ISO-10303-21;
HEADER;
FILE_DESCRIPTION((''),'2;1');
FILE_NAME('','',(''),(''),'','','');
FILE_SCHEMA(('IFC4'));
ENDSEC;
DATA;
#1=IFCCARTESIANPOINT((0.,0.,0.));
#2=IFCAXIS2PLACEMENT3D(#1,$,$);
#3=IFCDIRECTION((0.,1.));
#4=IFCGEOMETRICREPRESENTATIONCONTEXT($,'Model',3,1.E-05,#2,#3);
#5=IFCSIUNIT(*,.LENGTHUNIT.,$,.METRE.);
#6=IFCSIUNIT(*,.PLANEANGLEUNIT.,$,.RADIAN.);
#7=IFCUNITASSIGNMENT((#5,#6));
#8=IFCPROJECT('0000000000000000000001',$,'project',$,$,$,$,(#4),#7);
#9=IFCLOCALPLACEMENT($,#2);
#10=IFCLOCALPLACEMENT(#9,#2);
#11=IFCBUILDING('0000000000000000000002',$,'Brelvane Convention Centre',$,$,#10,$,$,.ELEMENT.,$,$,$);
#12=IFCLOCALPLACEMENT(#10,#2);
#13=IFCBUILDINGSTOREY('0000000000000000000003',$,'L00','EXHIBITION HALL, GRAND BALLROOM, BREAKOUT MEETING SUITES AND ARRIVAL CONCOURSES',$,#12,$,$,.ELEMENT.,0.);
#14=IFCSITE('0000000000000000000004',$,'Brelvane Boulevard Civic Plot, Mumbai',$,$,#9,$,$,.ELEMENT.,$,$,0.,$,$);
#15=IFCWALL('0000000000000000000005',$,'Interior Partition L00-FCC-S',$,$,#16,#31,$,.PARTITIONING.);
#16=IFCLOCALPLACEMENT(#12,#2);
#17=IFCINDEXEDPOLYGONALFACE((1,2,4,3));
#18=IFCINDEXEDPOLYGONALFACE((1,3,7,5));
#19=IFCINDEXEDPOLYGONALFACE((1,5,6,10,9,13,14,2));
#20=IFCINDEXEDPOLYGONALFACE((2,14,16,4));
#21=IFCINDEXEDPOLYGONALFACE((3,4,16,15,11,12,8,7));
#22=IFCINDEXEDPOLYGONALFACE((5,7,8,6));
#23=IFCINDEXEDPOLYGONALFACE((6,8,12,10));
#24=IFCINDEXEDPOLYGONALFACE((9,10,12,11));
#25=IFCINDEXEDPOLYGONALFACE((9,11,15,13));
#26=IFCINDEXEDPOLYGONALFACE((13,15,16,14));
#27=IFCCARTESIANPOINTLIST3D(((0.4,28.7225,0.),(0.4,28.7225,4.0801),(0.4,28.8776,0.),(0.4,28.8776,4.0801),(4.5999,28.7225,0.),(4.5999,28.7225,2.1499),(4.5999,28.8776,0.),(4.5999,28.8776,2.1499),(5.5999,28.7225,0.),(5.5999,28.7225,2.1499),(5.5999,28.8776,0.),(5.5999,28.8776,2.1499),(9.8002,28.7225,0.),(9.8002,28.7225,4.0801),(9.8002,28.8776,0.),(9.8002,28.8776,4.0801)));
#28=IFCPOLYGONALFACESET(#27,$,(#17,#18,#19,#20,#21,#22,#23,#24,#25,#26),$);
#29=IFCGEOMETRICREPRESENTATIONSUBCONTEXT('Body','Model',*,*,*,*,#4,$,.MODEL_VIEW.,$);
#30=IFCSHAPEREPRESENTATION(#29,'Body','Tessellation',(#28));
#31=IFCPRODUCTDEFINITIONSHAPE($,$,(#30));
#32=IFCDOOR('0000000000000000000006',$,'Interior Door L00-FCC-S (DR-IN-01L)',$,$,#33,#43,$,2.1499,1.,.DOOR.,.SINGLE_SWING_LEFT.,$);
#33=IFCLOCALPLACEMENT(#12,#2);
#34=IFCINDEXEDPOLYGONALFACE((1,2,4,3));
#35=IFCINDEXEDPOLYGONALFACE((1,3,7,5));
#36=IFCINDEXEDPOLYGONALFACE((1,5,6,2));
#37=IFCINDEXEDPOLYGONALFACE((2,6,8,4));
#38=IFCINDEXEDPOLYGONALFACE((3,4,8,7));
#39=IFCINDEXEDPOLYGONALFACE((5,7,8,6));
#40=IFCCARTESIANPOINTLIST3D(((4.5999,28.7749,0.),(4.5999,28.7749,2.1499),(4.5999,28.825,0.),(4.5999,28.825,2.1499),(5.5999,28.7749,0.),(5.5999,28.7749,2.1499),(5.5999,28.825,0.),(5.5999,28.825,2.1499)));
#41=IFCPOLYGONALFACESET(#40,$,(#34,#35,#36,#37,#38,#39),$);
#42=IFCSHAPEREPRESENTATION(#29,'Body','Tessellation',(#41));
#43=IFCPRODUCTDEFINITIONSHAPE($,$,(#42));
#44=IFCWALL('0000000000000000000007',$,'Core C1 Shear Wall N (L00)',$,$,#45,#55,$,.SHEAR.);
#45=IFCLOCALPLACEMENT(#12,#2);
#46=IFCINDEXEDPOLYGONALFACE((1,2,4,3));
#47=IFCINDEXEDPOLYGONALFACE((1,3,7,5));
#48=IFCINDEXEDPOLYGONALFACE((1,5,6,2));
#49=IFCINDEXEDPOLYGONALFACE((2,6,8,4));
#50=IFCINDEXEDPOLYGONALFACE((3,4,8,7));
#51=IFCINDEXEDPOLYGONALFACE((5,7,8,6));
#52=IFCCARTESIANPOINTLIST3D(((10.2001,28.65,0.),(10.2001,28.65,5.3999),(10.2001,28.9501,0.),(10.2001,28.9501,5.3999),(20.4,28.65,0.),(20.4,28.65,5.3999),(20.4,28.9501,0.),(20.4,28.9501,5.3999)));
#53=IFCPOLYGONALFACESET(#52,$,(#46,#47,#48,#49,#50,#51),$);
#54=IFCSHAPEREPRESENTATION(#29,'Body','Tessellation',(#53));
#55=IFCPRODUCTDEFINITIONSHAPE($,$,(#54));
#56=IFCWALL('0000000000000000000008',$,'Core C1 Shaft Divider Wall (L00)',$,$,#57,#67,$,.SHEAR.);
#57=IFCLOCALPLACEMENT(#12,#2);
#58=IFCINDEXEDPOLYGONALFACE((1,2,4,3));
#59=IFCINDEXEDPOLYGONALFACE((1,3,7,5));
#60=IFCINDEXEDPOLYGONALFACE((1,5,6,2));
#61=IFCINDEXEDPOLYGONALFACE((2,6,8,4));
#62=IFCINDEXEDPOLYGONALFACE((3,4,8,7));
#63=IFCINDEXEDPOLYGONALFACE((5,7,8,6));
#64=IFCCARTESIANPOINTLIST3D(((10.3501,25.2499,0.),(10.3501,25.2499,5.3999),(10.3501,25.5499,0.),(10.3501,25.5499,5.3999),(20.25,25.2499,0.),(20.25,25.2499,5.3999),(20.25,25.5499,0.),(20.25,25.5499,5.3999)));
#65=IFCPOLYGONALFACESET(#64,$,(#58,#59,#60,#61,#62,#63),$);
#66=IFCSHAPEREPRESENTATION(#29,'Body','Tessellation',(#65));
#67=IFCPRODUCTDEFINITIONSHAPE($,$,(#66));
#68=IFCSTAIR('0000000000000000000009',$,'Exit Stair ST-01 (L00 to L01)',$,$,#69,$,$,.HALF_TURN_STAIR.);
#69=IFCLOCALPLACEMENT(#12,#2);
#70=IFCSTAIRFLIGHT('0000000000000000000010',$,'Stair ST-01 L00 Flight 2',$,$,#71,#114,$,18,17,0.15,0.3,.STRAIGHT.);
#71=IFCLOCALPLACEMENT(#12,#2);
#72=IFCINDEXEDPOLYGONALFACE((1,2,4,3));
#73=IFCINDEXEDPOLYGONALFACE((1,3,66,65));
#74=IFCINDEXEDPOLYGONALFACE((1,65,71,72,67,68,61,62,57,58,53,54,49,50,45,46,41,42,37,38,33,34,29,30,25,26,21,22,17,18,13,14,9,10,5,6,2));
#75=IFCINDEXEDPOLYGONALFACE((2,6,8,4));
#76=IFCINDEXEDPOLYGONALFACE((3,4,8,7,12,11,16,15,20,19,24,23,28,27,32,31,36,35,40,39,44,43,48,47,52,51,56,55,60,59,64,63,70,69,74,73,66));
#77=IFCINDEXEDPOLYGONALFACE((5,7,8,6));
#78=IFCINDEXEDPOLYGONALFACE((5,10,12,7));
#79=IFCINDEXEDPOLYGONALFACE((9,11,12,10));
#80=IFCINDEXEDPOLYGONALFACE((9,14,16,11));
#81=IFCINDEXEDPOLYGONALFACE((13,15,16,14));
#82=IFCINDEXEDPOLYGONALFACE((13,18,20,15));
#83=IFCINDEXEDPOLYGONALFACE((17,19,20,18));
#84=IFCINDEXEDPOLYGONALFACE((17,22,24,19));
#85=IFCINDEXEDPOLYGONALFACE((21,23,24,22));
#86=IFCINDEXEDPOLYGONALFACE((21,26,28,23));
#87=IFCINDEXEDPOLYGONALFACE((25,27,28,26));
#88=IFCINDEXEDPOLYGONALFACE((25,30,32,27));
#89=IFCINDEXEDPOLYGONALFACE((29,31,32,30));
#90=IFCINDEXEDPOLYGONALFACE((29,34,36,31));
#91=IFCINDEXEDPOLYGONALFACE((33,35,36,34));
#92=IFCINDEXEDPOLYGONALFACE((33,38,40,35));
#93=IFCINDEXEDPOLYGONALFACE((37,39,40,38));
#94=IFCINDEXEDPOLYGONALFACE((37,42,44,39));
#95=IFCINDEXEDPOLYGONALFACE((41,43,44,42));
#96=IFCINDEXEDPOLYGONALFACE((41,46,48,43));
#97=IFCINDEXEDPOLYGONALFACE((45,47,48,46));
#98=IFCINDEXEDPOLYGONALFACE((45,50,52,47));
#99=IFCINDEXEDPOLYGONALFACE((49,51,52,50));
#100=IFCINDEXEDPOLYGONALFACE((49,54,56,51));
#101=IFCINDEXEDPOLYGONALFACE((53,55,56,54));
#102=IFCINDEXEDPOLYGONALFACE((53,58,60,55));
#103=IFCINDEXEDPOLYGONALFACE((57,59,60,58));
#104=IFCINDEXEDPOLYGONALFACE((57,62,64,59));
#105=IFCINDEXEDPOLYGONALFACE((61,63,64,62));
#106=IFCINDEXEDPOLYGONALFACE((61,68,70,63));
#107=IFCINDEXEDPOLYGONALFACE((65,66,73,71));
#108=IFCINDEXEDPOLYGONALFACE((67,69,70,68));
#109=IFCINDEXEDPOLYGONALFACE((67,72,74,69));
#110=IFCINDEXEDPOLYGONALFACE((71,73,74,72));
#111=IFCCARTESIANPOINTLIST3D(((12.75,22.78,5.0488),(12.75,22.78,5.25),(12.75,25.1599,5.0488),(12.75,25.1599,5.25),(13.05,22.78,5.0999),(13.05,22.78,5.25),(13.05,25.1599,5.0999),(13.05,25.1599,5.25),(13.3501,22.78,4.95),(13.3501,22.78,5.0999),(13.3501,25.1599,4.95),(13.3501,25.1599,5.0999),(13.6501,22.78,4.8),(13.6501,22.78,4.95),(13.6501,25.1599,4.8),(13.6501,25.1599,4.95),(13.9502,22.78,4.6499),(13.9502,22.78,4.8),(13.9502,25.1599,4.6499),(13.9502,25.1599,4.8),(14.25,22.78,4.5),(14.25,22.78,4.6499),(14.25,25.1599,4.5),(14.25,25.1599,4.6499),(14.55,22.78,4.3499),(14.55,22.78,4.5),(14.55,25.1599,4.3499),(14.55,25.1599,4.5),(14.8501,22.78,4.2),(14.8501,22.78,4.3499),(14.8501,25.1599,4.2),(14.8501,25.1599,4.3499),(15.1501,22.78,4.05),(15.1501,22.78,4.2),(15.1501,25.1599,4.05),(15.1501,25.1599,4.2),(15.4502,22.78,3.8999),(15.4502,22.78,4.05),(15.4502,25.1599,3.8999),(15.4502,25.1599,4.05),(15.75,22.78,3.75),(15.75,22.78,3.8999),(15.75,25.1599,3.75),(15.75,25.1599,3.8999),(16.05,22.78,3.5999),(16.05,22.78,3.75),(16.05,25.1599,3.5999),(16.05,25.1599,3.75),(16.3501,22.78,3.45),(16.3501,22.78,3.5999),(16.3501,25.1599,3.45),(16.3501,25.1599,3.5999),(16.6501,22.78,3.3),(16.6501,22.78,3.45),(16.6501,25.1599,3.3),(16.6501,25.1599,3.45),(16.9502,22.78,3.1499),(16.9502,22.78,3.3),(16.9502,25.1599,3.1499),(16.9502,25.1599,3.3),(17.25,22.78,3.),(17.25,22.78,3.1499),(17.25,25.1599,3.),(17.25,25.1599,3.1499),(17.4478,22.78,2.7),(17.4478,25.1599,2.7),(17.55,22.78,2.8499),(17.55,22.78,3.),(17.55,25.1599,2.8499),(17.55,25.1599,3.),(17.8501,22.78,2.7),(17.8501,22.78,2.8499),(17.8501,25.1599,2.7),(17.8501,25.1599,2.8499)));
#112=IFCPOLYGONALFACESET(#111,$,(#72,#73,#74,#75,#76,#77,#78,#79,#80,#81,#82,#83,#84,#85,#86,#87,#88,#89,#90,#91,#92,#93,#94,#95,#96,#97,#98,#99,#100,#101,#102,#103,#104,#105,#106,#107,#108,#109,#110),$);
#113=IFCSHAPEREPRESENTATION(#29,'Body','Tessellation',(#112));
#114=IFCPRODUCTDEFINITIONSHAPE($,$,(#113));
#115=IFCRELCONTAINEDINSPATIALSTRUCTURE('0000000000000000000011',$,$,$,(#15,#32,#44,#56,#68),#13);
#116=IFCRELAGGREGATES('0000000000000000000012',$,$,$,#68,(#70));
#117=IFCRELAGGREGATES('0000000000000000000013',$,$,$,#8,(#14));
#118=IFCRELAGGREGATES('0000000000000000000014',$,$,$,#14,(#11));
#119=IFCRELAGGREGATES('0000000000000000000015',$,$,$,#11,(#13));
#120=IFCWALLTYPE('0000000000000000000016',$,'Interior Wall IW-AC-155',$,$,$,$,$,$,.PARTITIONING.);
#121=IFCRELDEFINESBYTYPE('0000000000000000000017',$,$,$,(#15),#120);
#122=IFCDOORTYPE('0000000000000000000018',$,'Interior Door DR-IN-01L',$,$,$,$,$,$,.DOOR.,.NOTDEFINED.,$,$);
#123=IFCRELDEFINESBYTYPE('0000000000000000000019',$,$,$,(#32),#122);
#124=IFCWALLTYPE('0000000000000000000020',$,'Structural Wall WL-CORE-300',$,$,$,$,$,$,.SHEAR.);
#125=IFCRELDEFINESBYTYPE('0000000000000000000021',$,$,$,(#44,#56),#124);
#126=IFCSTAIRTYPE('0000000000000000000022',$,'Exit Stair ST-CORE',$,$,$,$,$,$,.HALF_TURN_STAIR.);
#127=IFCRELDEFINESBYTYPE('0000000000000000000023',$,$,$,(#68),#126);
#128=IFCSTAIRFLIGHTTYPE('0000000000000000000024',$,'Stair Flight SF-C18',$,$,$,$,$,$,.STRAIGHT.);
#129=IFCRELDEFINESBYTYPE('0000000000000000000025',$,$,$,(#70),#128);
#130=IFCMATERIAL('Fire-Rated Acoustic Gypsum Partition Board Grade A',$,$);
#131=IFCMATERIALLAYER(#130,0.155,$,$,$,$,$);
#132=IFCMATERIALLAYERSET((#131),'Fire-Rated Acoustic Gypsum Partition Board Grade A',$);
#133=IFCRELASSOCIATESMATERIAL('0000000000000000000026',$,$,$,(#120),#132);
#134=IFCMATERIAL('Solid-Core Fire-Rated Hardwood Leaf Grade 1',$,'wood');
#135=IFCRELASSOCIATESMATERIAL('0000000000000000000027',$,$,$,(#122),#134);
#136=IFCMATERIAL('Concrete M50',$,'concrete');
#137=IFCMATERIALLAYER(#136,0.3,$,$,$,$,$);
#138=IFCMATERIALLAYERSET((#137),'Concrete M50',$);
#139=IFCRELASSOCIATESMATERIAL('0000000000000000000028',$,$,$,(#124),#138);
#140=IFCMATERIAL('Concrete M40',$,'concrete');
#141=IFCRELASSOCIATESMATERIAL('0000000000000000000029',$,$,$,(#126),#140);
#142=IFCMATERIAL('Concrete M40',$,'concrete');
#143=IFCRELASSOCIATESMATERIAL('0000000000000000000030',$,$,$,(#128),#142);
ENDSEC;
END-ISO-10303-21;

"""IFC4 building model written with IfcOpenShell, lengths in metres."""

from ifc_helpers import new_model, si_unit, direction, frame, frame_2d, origin, place, context, subcontext, project, spatial, polyline, rectangle, outline, extrude, material, layer, layer_set, type_object, element, fill, aggregate, save


model = new_model("IFC4")

# Units and contexts
model_context = context("Model", 3, precision=1e-05, world=origin(), true_north=direction((0.0, 1.0)))
body_context = subcontext(model_context, "Body", "Model", "MODEL_VIEW")
ifc_project = project(units=[si_unit("LENGTHUNIT", "METRE"), si_unit("PLANEANGLEUNIT", "RADIAN")], contexts=[model_context])

# Site, building, storey
site_placement = place(None, origin())
site = spatial("IfcSite", under=ifc_project, at=site_placement, Name="Brelvane Boulevard Civic Plot, Mumbai", CompositionType="ELEMENT", RefElevation=0.0)
building_placement = place(site_placement, origin())
building = spatial("IfcBuilding", under=site, at=building_placement, Name="Brelvane Convention Centre", CompositionType="ELEMENT")
storey_placement = place(building_placement, origin())
storey = spatial("IfcBuildingStorey", under=building, at=storey_placement, Name="L00", Description="EXHIBITION HALL, GRAND BALLROOM, BREAKOUT MEETING SUITES AND ARRIVAL CONCOURSES", CompositionType="ELEMENT", Elevation=0.0)

# Wall, opening, door
ifc_material_1 = material(Name="Fire-Rated Acoustic Gypsum Partition Board Grade A")
ifc_layer_1 = layer(ifc_material_1, 0.155)
ifc_layer_set_1 = layer_set([ifc_layer_1], Name="Fire-Rated Acoustic Gypsum Partition Board Grade A")
wall_type_1 = type_object("IfcWallType", Name="Interior Wall IW-AC-155", PredefinedType="PARTITIONING", material=ifc_layer_set_1)
wall_1_placement = place(storey_placement, frame((0.3999, 28.8, 0.0), z_axis=(0.0, 0.0, 1.0), x_axis=(1.0, 0.0, 0.0)))
wall_1 = element("IfcWall", 1, at=wall_1_placement, inside=storey, type_object=wall_type_1, Name="Interior Partition L00-FCC-S", PredefinedType="PARTITIONING", context=body_context, shape_type="SweptSolid", body=[
    extrude(rectangle(XDim=9.4001, YDim=0.155, at=frame_2d((4.7002, 0.0))), origin(), (0.0, 0.0, 1.0), 4.0801),
])
opening_1_placement = place(wall_1_placement, frame((4.2, 0.0, 0.0)))
opening_1 = element("IfcOpeningElement", 2, at=opening_1_placement, cuts=wall_1, PredefinedType="OPENING", context=body_context, shape_type="SweptSolid", body=[
    extrude(rectangle(XDim=1.0, YDim=2.1499, at=frame_2d((0.5, 1.075))), frame((0.0, 0.0874, 0.0), z_axis=(0.0, -1.0, 0.0), x_axis=(1.0, 0.0, 0.0)), (0.0, 0.0, 1.0), 0.175),
])
ifc_material_2 = material(Name="Solid-Core Fire-Rated Hardwood Leaf Grade 1", Category="wood")
door_type_1 = type_object("IfcDoorType", Name="Interior Door DR-IN-01L", OperationType="NOTDEFINED", PredefinedType="DOOR", material=ifc_material_2)
door_1_placement = place(opening_1_placement, origin())
door_1 = element("IfcDoor", 3, at=door_1_placement, inside=storey, type_object=door_type_1, Name="Interior Door L00-FCC-S (DR-IN-01L)", OperationType="SINGLE_SWING_LEFT", OverallHeight=2.1499, OverallWidth=1.0, PredefinedType="DOOR", context=body_context, shape_type="SweptSolid", body=[
    extrude(rectangle(XDim=1.0, YDim=2.1499, at=frame_2d((0.5, 1.075))), frame((0.0, 0.0249, 0.0), z_axis=(0.0, -1.0, 0.0), x_axis=(1.0, 0.0, 0.0)), (0.0, 0.0, 1.0), 0.05),
])
fill(opening_1, door_1)

# Walls
ifc_material_3 = material(Name="Concrete M50", Category="concrete")
ifc_layer_2 = layer(ifc_material_3, 0.3)
ifc_layer_set_2 = layer_set([ifc_layer_2], Name="Concrete M50")
wall_type_2 = type_object("IfcWallType", Name="Structural Wall WL-CORE-300", PredefinedType="SHEAR", material=ifc_layer_set_2)
wall_2_placement = place(storey_placement, frame((10.2, 28.8, 0.0), z_axis=(0.0, 0.0, 1.0), x_axis=(1.0, 0.0, 0.0)))
element("IfcWall", 4, at=wall_2_placement, inside=storey, type_object=wall_type_2, Name="Core C1 Shear Wall N (L00)", PredefinedType="SHEAR", context=body_context, shape_type="SweptSolid", body=[
    extrude(rectangle(XDim=10.2, YDim=0.3, at=frame_2d((5.1001, 0.0))), origin(), (0.0, 0.0, 1.0), 5.3999),
])
wall_3_placement = place(storey_placement, frame((10.3501, 25.3999, 0.0), z_axis=(0.0, 0.0, 1.0), x_axis=(1.0, 0.0, 0.0)))
element("IfcWall", 5, at=wall_3_placement, inside=storey, type_object=wall_type_2, Name="Core C1 Shaft Divider Wall (L00)", PredefinedType="SHEAR", context=body_context, shape_type="SweptSolid", body=[
    extrude(rectangle(XDim=9.8999, YDim=0.3, at=frame_2d((4.95, 0.0))), origin(), (0.0, 0.0, 1.0), 5.3999),
])

# Stair, stair flight
ifc_material_4 = material(Name="Concrete M40", Category="concrete")
stair_type = type_object("IfcStairType", Name="Exit Stair ST-CORE", PredefinedType="HALF_TURN_STAIR", material=ifc_material_4)
stair_placement = place(storey_placement, origin())
stair = element("IfcStair", 6, at=stair_placement, inside=storey, type_object=stair_type, Name="Exit Stair ST-01 (L00 to L01)", PredefinedType="HALF_TURN_STAIR")
ifc_material_5 = material(Name="Concrete M40", Category="concrete")
stair_flight_type = type_object("IfcStairFlightType", Name="Stair Flight SF-C18", PredefinedType="STRAIGHT", material=ifc_material_5)
stair_flight_placement = place(storey_placement, frame((17.8501, 23.97, 2.7), z_axis=(0.0, 0.0, 1.0), x_axis=(-1.0, 0.0, 0.0)))
stair_flight = element("IfcStairFlight", 7, at=stair_flight_placement, type_object=stair_flight_type, Name="Stair ST-01 L00 Flight 2", NumberOfRisers=18, NumberOfTreads=17, PredefinedType="STRAIGHT", RiserHeight=0.15, TreadLength=0.3, context=body_context, shape_type="SweptSolid", body=[
    extrude(outline(polyline([(0.0, 0.0), (0.0, 0.1499), (0.3, 0.1499), (0.3, 0.3), (0.6001, 0.3), (0.6001, 0.45), (0.8999, 0.45), (0.8999, 0.6001), (1.2, 0.6001), (1.2, 0.75), (1.5, 0.75), (1.5, 0.8999), (1.8, 0.8999), (1.8, 1.05), (2.1001, 1.05), (2.1001, 1.2), (2.3999, 1.2), (2.3999, 1.3501), (2.7, 1.3501), (2.7, 1.5), (3.0, 1.5), (3.0, 1.6499), (3.3, 1.6499), (3.3, 1.8), (3.6001, 1.8), (3.6001, 1.95), (3.8999, 1.95), (3.8999, 2.1001), (4.2, 2.1001), (4.2, 2.25), (4.5, 2.25), (4.5, 2.3999), (4.8, 2.3999), (4.8, 2.55), (5.1001, 2.55), (5.1001, 2.7), (5.1001, 2.3489), (0.4023, 0.0), (0.0, 0.0)])), frame((0.0, 1.1899, 0.0), z_axis=(0.0, -1.0, 0.0), x_axis=(1.0, 0.0, 0.0)), (0.0, 0.0, 1.0), 2.3799),
])
aggregate(stair, [stair_flight])

save(model, "model.ifc")
